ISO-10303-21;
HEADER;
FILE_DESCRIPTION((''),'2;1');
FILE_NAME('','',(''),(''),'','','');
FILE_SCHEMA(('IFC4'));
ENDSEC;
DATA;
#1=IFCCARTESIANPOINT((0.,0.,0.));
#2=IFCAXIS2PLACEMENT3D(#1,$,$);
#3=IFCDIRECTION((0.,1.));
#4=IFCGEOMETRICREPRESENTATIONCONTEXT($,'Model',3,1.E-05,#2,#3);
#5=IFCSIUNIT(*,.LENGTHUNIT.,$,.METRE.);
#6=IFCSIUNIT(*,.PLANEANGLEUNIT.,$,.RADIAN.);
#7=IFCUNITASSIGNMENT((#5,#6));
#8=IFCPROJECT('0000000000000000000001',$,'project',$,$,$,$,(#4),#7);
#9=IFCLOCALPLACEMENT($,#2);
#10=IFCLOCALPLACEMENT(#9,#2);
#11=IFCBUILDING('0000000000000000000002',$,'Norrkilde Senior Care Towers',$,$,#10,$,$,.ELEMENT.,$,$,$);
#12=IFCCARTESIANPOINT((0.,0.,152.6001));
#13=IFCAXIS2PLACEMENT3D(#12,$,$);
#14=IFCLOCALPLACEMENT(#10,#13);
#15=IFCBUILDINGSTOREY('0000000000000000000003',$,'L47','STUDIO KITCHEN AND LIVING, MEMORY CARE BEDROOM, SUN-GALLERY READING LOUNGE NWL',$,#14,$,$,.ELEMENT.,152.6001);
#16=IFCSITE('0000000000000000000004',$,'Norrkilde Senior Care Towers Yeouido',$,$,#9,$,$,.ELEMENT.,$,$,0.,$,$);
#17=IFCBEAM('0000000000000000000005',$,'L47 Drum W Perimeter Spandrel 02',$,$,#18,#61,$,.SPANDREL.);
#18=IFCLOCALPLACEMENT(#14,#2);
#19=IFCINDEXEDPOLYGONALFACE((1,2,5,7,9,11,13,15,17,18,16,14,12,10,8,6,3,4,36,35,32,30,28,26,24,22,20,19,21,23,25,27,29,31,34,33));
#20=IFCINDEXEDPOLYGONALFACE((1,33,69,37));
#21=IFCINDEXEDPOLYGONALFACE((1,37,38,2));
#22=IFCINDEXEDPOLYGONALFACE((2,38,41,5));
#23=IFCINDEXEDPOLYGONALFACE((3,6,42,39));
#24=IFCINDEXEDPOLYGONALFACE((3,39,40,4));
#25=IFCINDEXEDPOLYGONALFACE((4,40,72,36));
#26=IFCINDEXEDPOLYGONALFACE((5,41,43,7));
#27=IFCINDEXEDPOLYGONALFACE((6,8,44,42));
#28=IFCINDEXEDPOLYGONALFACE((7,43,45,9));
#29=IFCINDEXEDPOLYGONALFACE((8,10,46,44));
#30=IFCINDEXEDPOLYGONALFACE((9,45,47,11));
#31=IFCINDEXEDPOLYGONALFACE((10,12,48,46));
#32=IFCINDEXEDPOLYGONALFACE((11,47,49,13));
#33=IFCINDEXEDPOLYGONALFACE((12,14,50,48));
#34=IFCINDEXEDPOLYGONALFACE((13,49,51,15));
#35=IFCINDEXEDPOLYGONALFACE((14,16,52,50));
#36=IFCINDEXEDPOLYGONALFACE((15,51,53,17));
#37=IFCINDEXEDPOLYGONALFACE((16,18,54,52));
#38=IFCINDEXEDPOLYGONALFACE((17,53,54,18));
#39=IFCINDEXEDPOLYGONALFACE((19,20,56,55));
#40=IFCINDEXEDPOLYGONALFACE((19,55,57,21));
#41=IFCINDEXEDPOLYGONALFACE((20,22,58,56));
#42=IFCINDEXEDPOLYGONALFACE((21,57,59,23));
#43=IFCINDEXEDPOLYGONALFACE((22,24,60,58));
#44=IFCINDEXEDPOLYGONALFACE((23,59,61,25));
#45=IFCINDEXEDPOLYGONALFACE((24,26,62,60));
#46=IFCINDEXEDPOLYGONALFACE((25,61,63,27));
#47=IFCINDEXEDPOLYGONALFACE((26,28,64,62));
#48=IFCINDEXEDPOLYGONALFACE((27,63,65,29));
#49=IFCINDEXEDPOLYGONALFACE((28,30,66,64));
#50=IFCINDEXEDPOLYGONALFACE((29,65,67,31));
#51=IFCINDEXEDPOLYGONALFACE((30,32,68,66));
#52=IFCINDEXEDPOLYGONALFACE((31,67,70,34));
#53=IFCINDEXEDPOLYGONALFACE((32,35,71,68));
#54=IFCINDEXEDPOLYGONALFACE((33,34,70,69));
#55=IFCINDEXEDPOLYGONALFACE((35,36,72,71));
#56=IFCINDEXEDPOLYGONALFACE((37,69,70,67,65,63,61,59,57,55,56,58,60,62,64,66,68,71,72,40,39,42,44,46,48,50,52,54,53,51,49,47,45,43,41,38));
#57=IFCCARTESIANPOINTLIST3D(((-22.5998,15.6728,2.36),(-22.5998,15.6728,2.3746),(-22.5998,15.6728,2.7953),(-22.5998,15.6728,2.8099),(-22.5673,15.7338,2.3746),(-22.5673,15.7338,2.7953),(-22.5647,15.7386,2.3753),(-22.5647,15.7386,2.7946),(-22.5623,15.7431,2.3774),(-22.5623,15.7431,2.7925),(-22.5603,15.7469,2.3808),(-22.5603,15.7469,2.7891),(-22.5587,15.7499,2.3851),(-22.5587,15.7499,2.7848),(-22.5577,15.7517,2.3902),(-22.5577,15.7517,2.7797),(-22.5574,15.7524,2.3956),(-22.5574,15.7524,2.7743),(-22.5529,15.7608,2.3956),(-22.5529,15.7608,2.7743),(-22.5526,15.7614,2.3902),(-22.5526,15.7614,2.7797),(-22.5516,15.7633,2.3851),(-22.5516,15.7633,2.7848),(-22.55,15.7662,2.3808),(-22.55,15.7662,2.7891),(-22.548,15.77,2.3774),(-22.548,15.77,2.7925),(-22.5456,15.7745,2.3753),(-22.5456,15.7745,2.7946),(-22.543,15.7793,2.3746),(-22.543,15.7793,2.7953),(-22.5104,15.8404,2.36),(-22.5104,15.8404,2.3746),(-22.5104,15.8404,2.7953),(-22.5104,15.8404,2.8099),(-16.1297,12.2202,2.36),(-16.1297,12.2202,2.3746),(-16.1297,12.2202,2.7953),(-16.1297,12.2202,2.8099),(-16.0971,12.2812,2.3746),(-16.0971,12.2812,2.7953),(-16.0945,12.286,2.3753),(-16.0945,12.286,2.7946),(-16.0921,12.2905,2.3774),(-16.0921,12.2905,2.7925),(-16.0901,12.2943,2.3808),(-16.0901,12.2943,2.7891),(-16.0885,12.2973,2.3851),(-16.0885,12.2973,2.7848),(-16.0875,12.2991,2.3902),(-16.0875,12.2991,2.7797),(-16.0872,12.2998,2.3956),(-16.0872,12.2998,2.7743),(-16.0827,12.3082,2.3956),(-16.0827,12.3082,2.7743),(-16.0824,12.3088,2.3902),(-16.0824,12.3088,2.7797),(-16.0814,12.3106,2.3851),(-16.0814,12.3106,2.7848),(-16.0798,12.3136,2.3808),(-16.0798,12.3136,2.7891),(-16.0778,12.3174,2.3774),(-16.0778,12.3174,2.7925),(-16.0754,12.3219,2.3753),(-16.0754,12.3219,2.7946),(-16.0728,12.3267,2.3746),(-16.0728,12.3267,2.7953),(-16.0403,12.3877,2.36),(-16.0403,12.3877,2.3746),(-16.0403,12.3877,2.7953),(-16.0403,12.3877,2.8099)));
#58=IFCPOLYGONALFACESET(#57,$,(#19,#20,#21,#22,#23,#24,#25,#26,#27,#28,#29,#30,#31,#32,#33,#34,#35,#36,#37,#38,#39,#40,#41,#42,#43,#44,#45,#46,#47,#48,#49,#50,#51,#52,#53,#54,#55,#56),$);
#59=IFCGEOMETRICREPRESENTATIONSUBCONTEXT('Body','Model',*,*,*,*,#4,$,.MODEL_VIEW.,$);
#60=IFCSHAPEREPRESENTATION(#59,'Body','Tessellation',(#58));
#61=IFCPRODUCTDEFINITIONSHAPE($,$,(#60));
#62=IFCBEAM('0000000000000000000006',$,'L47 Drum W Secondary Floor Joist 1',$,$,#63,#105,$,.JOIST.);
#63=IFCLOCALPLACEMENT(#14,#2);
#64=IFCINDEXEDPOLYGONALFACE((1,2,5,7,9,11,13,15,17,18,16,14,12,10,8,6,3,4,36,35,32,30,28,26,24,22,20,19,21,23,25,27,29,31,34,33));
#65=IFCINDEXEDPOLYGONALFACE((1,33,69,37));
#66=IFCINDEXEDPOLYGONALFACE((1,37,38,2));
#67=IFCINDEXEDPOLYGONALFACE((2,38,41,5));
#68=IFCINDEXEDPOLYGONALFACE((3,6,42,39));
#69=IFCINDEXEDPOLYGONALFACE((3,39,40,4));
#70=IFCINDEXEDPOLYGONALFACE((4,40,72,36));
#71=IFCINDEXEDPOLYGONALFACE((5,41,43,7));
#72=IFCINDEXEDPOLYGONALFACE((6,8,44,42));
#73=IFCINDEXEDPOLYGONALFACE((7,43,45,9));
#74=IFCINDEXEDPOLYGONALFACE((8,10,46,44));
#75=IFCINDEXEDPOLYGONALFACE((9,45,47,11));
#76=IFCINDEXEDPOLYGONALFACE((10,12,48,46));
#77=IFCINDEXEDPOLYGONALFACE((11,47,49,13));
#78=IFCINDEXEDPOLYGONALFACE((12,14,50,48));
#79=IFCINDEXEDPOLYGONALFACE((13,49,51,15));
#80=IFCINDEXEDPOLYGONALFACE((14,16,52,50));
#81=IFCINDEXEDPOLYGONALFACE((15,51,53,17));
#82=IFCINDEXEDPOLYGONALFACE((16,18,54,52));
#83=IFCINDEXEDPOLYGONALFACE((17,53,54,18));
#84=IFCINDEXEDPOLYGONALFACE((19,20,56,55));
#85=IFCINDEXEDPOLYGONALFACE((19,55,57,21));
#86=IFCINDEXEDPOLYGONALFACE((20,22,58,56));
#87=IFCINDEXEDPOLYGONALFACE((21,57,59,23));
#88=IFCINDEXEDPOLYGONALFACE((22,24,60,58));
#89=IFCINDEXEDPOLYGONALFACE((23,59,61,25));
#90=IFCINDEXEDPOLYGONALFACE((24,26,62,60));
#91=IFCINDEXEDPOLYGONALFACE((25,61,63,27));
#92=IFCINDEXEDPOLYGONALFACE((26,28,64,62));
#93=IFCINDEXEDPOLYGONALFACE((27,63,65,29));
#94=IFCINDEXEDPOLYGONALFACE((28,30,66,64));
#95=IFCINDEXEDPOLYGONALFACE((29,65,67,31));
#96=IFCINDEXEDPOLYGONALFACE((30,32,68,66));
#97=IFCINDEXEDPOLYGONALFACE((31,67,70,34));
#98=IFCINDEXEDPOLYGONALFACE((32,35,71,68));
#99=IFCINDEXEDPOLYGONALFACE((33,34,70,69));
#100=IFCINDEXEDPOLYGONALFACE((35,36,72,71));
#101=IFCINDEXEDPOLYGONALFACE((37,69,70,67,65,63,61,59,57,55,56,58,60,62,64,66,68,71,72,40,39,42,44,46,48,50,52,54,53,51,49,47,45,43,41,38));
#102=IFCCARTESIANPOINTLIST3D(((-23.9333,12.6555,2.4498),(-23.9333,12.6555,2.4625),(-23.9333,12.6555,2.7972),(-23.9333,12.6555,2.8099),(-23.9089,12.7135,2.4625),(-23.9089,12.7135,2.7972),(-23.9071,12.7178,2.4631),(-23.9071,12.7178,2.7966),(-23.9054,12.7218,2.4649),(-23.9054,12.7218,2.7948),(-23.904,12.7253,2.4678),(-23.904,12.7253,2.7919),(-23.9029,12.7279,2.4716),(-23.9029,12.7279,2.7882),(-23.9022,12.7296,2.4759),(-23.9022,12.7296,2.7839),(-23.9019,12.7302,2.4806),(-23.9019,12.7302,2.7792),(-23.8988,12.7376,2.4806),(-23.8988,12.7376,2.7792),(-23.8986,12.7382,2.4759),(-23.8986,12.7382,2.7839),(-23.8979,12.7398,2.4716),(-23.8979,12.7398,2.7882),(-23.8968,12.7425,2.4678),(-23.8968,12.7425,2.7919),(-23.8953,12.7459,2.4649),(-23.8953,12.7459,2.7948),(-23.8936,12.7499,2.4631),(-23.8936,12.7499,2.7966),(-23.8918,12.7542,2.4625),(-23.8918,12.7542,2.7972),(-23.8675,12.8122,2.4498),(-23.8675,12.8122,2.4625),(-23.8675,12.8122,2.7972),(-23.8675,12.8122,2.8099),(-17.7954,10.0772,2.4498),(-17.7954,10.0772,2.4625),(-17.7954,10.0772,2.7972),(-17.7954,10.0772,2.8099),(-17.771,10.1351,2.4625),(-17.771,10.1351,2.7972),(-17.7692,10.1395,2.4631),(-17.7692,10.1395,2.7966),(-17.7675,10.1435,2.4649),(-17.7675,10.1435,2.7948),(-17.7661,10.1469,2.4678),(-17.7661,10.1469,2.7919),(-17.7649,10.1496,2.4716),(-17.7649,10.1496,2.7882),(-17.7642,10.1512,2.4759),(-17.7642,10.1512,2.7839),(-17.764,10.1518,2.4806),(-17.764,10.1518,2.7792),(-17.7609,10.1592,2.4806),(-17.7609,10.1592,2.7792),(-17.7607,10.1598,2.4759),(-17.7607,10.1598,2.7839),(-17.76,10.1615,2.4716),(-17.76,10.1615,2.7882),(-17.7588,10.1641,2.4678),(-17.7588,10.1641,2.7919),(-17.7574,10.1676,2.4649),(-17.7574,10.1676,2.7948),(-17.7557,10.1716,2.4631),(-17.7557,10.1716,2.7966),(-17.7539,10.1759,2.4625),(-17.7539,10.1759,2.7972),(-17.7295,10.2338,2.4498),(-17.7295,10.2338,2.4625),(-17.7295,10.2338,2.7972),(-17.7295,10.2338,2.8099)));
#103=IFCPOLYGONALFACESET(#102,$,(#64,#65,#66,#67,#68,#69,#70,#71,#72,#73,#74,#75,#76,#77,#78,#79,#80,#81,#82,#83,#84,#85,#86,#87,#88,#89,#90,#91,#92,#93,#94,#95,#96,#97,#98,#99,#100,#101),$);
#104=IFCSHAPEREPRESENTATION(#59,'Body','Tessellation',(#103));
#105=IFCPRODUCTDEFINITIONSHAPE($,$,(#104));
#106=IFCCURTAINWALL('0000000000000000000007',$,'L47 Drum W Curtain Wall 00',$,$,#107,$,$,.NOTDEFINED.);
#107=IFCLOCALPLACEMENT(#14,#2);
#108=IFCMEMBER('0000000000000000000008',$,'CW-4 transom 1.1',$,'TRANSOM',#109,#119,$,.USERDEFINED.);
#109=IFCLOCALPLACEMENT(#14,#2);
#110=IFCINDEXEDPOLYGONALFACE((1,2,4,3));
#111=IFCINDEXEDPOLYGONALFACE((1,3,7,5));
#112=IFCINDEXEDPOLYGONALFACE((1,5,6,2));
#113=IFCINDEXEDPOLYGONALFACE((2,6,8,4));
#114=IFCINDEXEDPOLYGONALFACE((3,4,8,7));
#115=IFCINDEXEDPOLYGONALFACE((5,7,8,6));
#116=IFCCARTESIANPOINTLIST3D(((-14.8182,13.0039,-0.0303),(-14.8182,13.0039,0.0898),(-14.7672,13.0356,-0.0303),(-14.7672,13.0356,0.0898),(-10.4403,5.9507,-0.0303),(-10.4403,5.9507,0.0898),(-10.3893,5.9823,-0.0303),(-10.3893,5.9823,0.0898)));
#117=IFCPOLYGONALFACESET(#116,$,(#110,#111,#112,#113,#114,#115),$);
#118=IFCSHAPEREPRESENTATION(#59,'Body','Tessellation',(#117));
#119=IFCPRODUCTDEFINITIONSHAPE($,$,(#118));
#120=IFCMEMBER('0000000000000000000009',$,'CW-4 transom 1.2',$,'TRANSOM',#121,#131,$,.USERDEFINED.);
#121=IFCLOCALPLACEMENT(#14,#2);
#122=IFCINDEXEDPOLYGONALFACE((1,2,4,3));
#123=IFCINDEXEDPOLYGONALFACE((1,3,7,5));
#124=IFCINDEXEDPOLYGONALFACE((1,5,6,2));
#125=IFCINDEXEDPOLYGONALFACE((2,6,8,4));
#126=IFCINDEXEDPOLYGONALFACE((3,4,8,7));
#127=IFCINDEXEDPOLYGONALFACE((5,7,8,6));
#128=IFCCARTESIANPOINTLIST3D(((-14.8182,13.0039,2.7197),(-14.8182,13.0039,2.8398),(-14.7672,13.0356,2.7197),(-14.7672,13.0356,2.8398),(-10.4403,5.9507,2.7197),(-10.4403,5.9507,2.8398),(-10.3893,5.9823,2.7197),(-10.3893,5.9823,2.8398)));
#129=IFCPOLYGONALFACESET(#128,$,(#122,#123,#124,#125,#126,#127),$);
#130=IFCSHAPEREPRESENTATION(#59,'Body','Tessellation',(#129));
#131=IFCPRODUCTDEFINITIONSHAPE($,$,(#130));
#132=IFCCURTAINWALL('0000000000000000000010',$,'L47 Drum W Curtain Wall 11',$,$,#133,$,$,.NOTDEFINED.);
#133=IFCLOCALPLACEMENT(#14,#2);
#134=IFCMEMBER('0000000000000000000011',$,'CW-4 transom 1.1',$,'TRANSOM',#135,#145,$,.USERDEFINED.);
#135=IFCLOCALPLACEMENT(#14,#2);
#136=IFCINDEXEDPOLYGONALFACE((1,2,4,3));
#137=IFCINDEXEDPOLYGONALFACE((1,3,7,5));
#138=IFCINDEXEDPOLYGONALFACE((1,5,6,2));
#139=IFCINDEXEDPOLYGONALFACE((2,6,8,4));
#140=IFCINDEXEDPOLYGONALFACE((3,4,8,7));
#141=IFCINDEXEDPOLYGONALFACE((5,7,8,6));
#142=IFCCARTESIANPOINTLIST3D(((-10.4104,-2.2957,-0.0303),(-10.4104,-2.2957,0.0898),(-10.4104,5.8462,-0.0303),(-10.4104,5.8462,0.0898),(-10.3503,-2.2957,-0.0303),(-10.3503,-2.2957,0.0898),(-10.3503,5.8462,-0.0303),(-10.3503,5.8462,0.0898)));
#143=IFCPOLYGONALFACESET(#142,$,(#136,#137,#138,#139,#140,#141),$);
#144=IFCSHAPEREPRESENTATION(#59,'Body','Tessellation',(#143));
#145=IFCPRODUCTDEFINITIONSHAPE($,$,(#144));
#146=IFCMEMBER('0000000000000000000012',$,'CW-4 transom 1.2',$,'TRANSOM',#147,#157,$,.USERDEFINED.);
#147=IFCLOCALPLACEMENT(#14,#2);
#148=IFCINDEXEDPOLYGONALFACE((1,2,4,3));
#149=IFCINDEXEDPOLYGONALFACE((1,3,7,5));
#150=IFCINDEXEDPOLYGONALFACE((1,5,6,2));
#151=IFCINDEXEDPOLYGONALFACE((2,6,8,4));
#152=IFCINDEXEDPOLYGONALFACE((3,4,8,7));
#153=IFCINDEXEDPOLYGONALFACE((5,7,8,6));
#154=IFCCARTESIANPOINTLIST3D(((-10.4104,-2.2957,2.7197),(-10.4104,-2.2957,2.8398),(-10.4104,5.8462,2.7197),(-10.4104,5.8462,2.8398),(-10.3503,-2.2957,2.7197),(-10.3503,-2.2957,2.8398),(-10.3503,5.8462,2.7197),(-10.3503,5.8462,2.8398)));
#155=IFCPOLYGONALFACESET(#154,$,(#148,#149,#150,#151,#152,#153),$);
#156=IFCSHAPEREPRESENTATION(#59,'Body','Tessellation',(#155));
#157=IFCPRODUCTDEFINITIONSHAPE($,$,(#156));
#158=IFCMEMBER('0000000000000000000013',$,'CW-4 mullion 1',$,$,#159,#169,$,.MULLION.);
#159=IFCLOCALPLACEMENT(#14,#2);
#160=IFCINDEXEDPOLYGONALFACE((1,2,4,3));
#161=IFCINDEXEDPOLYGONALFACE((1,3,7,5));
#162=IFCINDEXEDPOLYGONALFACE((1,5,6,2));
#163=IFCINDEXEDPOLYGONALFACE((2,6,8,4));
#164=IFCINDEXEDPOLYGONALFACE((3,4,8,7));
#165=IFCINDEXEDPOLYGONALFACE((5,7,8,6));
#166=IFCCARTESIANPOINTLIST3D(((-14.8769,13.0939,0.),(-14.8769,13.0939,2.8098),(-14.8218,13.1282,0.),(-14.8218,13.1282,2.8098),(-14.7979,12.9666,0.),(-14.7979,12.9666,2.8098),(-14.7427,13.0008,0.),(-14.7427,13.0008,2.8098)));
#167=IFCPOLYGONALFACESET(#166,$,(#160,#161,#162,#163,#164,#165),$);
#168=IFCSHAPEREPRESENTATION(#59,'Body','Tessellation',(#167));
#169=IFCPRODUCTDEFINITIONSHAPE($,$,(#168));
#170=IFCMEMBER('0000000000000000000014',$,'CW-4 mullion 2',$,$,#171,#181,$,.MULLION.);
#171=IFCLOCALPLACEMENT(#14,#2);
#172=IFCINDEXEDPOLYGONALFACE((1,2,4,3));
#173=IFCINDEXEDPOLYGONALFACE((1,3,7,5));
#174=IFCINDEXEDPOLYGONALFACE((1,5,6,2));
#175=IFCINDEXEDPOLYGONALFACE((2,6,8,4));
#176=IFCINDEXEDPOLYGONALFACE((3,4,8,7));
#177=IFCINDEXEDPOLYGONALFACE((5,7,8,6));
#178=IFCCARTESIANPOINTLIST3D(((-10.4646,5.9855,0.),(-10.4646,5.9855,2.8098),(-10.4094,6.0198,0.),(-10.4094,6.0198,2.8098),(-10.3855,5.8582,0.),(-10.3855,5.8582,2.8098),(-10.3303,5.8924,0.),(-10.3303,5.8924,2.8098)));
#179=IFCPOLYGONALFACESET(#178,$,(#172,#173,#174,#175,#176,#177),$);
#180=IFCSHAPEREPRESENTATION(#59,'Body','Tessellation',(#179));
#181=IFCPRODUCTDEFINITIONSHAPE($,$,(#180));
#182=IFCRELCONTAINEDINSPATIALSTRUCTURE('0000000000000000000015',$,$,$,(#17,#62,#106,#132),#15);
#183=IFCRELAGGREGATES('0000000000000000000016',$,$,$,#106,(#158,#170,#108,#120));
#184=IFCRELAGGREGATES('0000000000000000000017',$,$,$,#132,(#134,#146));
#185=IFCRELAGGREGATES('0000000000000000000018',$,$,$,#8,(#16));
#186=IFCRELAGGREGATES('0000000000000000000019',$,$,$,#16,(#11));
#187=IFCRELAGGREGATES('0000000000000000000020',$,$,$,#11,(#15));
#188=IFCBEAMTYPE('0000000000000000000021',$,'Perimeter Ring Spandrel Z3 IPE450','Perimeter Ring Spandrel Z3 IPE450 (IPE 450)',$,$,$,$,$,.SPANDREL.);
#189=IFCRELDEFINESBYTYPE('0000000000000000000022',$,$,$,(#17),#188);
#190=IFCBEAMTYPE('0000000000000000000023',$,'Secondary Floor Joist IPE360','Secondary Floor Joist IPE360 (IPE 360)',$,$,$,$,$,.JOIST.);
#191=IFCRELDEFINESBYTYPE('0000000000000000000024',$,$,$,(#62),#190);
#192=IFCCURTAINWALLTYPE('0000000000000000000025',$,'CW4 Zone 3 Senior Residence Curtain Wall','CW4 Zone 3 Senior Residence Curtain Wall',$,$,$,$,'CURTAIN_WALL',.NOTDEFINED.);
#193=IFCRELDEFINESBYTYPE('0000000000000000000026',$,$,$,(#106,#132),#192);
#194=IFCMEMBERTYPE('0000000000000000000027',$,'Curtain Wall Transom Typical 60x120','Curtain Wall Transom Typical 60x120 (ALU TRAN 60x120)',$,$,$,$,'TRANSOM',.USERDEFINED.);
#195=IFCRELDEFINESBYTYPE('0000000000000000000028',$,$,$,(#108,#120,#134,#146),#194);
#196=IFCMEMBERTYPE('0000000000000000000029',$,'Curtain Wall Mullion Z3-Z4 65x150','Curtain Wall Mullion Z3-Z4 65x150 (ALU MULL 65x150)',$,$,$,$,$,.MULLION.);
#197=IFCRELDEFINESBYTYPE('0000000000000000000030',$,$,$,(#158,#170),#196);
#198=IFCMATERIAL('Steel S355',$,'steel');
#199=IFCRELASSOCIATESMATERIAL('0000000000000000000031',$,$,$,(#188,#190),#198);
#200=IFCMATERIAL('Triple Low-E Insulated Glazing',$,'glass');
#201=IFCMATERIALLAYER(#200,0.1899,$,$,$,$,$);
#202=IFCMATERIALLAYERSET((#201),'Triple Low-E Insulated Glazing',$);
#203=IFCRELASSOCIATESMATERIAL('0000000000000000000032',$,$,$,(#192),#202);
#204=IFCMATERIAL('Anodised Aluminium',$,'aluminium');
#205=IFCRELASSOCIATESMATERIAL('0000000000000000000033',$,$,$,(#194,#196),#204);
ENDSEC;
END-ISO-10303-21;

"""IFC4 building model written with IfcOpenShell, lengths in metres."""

from ifc_helpers import new_model, si_unit, direction, frame, origin, origin_2d, place, context, subcontext, project, spatial, rectangle, i_section, extrude, source, transform, mapped, material, layer, layer_set, material_profile, profile_set, type_object, type_shapes, element, aggregate, save


model = new_model("IFC4")

# Units and contexts
model_context = context("Model", 3, precision=1e-05, world=origin(), true_north=direction((0.0, 1.0)))
body_context = subcontext(model_context, "Body", "Model", "MODEL_VIEW")
ifc_project = project(units=[si_unit("LENGTHUNIT", "METRE"), si_unit("PLANEANGLEUNIT", "RADIAN")], contexts=[model_context])

# Site, building, storey
site_placement = place(None, origin())
site = spatial("IfcSite", under=ifc_project, at=site_placement, Name="Norrkilde Senior Care Towers Yeouido", CompositionType="ELEMENT", RefElevation=0.0)
building_placement = place(site_placement, origin())
building = spatial("IfcBuilding", under=site, at=building_placement, Name="Norrkilde Senior Care Towers", CompositionType="ELEMENT")
storey_placement = place(building_placement, frame((0.0, 0.0, 152.6001)))
storey = spatial("IfcBuildingStorey", under=building, at=storey_placement, Name="L47", Description="STUDIO KITCHEN AND LIVING, MEMORY CARE BEDROOM, SUN-GALLERY READING LOUNGE NWL", CompositionType="ELEMENT", Elevation=152.6001)

# Beams
ifc_material_1 = material(Name="Steel S355", Category="steel")
ifc_material_profile_1 = material_profile(ifc_material_1, i_section(OverallWidth=0.1899, OverallDepth=0.45, WebThickness=0.0095, FlangeThickness=0.0146, FilletRadius=0.021, at=origin_2d()), Name="IPE 450")
ifc_profile_set_1 = profile_set([ifc_material_profile_1], Name="Steel S355")
beam_type_1 = type_object("IfcBeamType", Name="Perimeter Ring Spandrel Z3 IPE450", Description="Perimeter Ring Spandrel Z3 IPE450 (IPE 450)", PredefinedType="SPANDREL", material=ifc_profile_set_1)
shared_shape_1 = source(origin(), body_context, "Body", "SweptSolid", [
    extrude(i_section(OverallWidth=0.1899, OverallDepth=0.45, WebThickness=0.0095, FlangeThickness=0.0146, FilletRadius=0.021, at=origin_2d()), origin(), (0.0, 0.0, 1.0), 7.3337),
])
beam_1_placement = place(storey_placement, frame((-16.085, 12.304, 2.585), z_axis=(-0.882248, 0.470785, 0.0), x_axis=(-0.470785, -0.882248, 0.0)))
element("IfcBeam", 1, at=beam_1_placement, inside=storey, type_object=beam_type_1, Name="L47 Drum W Perimeter Spandrel 02", PredefinedType="SPANDREL", context=body_context, shape_type="MappedRepresentation", body=[
    mapped(shared_shape_1, transform((0.0, 0.0, 0.0), x_axis=(1.0, 0.0, 0.0), y_axis=(0.0, 1.0, 0.0), z_axis=(0.0, 0.0, 1.0), scale=1.0)),
])
ifc_material_profile_2 = material_profile(ifc_material_1, i_section(OverallWidth=0.1699, OverallDepth=0.3601, WebThickness=0.0081, FlangeThickness=0.0127, FilletRadius=0.0181, at=origin_2d()), Name="IPE 360")
ifc_profile_set_2 = profile_set([ifc_material_profile_2], Name="Steel S355")
beam_type_2 = type_object("IfcBeamType", Name="Secondary Floor Joist IPE360", Description="Secondary Floor Joist IPE360 (IPE 360)", PredefinedType="JOIST", material=ifc_profile_set_2)
shared_shape_2 = source(origin(), body_context, "Body", "SweptSolid", [
    extrude(i_section(OverallWidth=0.1699, OverallDepth=0.3601, WebThickness=0.0081, FlangeThickness=0.0127, FilletRadius=0.0181, at=origin_2d()), origin(), (0.0, 0.0, 1.0), 6.6575),
])
type_shapes(beam_type_2, [shared_shape_2])
beam_2_placement = place(storey_placement, frame((-17.7625, 10.1555, 2.6299), z_axis=(-0.921959, 0.387288, 0.0), x_axis=(-0.387288, -0.921959, 0.0)))
element("IfcBeam", 2, at=beam_2_placement, inside=storey, type_object=beam_type_2, Name="L47 Drum W Secondary Floor Joist 1", PredefinedType="JOIST", context=body_context, shape_type="MappedRepresentation", body=[
    mapped(shared_shape_2, transform((0.0, 0.0, 0.0), x_axis=(1.0, 0.0, 0.0), y_axis=(0.0, 1.0, 0.0), z_axis=(0.0, 0.0, 1.0), scale=1.0)),
])

# Curtain walls, members
ifc_material_2 = material(Name="Triple Low-E Insulated Glazing", Category="glass")
ifc_layer_1 = layer(ifc_material_2, 0.1899)
ifc_layer_set_1 = layer_set([ifc_layer_1], Name="Triple Low-E Insulated Glazing")
curtain_wall_type = type_object("IfcCurtainWallType", Name="CW4 Zone 3 Senior Residence Curtain Wall", Description="CW4 Zone 3 Senior Residence Curtain Wall", ElementType="CURTAIN_WALL", PredefinedType="NOTDEFINED", material=ifc_layer_set_1)
curtain_wall_1_placement = place(storey_placement, origin())
curtain_wall_1 = element("IfcCurtainWall", 3, at=curtain_wall_1_placement, inside=storey, type_object=curtain_wall_type, Name="L47 Drum W Curtain Wall 00", PredefinedType="NOTDEFINED")
ifc_material_3 = material(Name="Anodised Aluminium", Category="aluminium")
ifc_material_profile_3 = material_profile(ifc_material_3, rectangle(XDim=0.0601, YDim=0.1201, at=origin_2d()), Name="ALU TRAN 60x120")
ifc_profile_set_3 = profile_set([ifc_material_profile_3], Name="Anodised Aluminium")
member_type_1 = type_object("IfcMemberType", Name="Curtain Wall Transom Typical 60x120", Description="Curtain Wall Transom Typical 60x120 (ALU TRAN 60x120)", ElementType="TRANSOM", PredefinedType="USERDEFINED", material=ifc_profile_set_3)
shared_shape_3 = source(origin(), body_context, "Body", "SweptSolid", [
    extrude(rectangle(XDim=0.0601, YDim=0.1201, at=origin_2d()), origin(), (0.0, 0.0, 1.0), 8.3015),
])
member_1_placement = place(storey_placement, frame((-14.7927, 13.0198, 0.0298), z_axis=(0.527369, -0.849637, 0.0), x_axis=(0.849637, 0.527369, 0.0)))
member_1 = element("IfcMember", 4, at=member_1_placement, type_object=member_type_1, Name="CW-4 transom 1.1", ObjectType="TRANSOM", PredefinedType="USERDEFINED", context=body_context, shape_type="MappedRepresentation", body=[
    mapped(shared_shape_3, transform((0.0, 0.0, 0.0), x_axis=(1.0, 0.0, 0.0), y_axis=(0.0, 1.0, 0.0), z_axis=(0.0, 0.0, 1.0), scale=1.0)),
])
member_2_placement = place(storey_placement, frame((-14.7927, 13.0198, 2.7798), z_axis=(0.527369, -0.849637, 0.0), x_axis=(0.849637, 0.527369, 0.0)))
member_2 = element("IfcMember", 5, at=member_2_placement, type_object=member_type_1, Name="CW-4 transom 1.2", ObjectType="TRANSOM", PredefinedType="USERDEFINED", context=body_context, shape_type="MappedRepresentation", body=[
    mapped(shared_shape_3, transform((0.0, 0.0, 0.0), x_axis=(1.0, 0.0, 0.0), y_axis=(0.0, 1.0, 0.0), z_axis=(0.0, 0.0, 1.0), scale=1.0)),
])
curtain_wall_2_placement = place(storey_placement, origin())
curtain_wall_2 = element("IfcCurtainWall", 6, at=curtain_wall_2_placement, inside=storey, type_object=curtain_wall_type, Name="L47 Drum W Curtain Wall 11", PredefinedType="NOTDEFINED")
shared_shape_4 = source(origin(), body_context, "Body", "SweptSolid", [
    extrude(rectangle(XDim=0.0601, YDim=0.1201, at=origin_2d()), origin(), (0.0, 0.0, 1.0), 8.1418),
])
type_shapes(member_type_1, [shared_shape_3, shared_shape_4])
member_3_placement = place(storey_placement, frame((-10.3804, 5.8462, 0.0298), z_axis=(0.0, -1.0, 0.0), x_axis=(1.0, 0.0, 0.0)))
member_3 = element("IfcMember", 7, at=member_3_placement, type_object=member_type_1, Name="CW-4 transom 1.1", ObjectType="TRANSOM", PredefinedType="USERDEFINED", context=body_context, shape_type="MappedRepresentation", body=[
    mapped(shared_shape_4, transform((0.0, 0.0, 0.0), x_axis=(1.0, 0.0, 0.0), y_axis=(0.0, 1.0, 0.0), z_axis=(0.0, 0.0, 1.0), scale=1.0)),
])
member_4_placement = place(storey_placement, frame((-10.3804, 5.8462, 2.7798), z_axis=(0.0, -1.0, 0.0), x_axis=(1.0, 0.0, 0.0)))
member_4 = element("IfcMember", 8, at=member_4_placement, type_object=member_type_1, Name="CW-4 transom 1.2", ObjectType="TRANSOM", PredefinedType="USERDEFINED", context=body_context, shape_type="MappedRepresentation", body=[
    mapped(shared_shape_4, transform((0.0, 0.0, 0.0), x_axis=(1.0, 0.0, 0.0), y_axis=(0.0, 1.0, 0.0), z_axis=(0.0, 0.0, 1.0), scale=1.0)),
])

# Members
ifc_material_profile_4 = material_profile(ifc_material_3, rectangle(XDim=0.0649, YDim=0.1499, at=origin_2d()), Name="ALU MULL 65x150")
ifc_profile_set_4 = profile_set([ifc_material_profile_4], Name="Anodised Aluminium")
member_type_2 = type_object("IfcMemberType", Name="Curtain Wall Mullion Z3-Z4 65x150", Description="Curtain Wall Mullion Z3-Z4 65x150 (ALU MULL 65x150)", PredefinedType="MULLION", material=ifc_profile_set_4)
shared_shape_5 = source(origin(), body_context, "Body", "SweptSolid", [
    extrude(rectangle(XDim=0.0649, YDim=0.1499, at=origin_2d()), origin(), (0.0, 0.0, 1.0), 2.8098),
])
type_shapes(member_type_2, [shared_shape_5])
member_5_placement = place(storey_placement, frame((-14.8098, 13.0474, 0.0), z_axis=(0.0, 0.0, 1.0), x_axis=(0.849634, 0.527373, 0.0)))
member_5 = element("IfcMember", 9, at=member_5_placement, type_object=member_type_2, Name="CW-4 mullion 1", PredefinedType="MULLION", context=body_context, shape_type="MappedRepresentation", body=[
    mapped(shared_shape_5, transform((0.0, 0.0, 0.0), x_axis=(1.0, 0.0, 0.0), y_axis=(0.0, 1.0, 0.0), z_axis=(0.0, 0.0, 1.0), scale=1.0)),
])
member_6_placement = place(storey_placement, frame((-10.3975, 5.939, 0.0), z_axis=(0.0, 0.0, 1.0), x_axis=(0.849634, 0.527373, 0.0)))
member_6 = element("IfcMember", 10, at=member_6_placement, type_object=member_type_2, Name="CW-4 mullion 2", PredefinedType="MULLION", context=body_context, shape_type="MappedRepresentation", body=[
    mapped(shared_shape_5, transform((0.0, 0.0, 0.0), x_axis=(1.0, 0.0, 0.0), y_axis=(0.0, 1.0, 0.0), z_axis=(0.0, 0.0, 1.0), scale=1.0)),
])

aggregate(curtain_wall_1, [member_5, member_6, member_1, member_2])
aggregate(curtain_wall_2, [member_3, member_4])

save(model, "model.ifc")
